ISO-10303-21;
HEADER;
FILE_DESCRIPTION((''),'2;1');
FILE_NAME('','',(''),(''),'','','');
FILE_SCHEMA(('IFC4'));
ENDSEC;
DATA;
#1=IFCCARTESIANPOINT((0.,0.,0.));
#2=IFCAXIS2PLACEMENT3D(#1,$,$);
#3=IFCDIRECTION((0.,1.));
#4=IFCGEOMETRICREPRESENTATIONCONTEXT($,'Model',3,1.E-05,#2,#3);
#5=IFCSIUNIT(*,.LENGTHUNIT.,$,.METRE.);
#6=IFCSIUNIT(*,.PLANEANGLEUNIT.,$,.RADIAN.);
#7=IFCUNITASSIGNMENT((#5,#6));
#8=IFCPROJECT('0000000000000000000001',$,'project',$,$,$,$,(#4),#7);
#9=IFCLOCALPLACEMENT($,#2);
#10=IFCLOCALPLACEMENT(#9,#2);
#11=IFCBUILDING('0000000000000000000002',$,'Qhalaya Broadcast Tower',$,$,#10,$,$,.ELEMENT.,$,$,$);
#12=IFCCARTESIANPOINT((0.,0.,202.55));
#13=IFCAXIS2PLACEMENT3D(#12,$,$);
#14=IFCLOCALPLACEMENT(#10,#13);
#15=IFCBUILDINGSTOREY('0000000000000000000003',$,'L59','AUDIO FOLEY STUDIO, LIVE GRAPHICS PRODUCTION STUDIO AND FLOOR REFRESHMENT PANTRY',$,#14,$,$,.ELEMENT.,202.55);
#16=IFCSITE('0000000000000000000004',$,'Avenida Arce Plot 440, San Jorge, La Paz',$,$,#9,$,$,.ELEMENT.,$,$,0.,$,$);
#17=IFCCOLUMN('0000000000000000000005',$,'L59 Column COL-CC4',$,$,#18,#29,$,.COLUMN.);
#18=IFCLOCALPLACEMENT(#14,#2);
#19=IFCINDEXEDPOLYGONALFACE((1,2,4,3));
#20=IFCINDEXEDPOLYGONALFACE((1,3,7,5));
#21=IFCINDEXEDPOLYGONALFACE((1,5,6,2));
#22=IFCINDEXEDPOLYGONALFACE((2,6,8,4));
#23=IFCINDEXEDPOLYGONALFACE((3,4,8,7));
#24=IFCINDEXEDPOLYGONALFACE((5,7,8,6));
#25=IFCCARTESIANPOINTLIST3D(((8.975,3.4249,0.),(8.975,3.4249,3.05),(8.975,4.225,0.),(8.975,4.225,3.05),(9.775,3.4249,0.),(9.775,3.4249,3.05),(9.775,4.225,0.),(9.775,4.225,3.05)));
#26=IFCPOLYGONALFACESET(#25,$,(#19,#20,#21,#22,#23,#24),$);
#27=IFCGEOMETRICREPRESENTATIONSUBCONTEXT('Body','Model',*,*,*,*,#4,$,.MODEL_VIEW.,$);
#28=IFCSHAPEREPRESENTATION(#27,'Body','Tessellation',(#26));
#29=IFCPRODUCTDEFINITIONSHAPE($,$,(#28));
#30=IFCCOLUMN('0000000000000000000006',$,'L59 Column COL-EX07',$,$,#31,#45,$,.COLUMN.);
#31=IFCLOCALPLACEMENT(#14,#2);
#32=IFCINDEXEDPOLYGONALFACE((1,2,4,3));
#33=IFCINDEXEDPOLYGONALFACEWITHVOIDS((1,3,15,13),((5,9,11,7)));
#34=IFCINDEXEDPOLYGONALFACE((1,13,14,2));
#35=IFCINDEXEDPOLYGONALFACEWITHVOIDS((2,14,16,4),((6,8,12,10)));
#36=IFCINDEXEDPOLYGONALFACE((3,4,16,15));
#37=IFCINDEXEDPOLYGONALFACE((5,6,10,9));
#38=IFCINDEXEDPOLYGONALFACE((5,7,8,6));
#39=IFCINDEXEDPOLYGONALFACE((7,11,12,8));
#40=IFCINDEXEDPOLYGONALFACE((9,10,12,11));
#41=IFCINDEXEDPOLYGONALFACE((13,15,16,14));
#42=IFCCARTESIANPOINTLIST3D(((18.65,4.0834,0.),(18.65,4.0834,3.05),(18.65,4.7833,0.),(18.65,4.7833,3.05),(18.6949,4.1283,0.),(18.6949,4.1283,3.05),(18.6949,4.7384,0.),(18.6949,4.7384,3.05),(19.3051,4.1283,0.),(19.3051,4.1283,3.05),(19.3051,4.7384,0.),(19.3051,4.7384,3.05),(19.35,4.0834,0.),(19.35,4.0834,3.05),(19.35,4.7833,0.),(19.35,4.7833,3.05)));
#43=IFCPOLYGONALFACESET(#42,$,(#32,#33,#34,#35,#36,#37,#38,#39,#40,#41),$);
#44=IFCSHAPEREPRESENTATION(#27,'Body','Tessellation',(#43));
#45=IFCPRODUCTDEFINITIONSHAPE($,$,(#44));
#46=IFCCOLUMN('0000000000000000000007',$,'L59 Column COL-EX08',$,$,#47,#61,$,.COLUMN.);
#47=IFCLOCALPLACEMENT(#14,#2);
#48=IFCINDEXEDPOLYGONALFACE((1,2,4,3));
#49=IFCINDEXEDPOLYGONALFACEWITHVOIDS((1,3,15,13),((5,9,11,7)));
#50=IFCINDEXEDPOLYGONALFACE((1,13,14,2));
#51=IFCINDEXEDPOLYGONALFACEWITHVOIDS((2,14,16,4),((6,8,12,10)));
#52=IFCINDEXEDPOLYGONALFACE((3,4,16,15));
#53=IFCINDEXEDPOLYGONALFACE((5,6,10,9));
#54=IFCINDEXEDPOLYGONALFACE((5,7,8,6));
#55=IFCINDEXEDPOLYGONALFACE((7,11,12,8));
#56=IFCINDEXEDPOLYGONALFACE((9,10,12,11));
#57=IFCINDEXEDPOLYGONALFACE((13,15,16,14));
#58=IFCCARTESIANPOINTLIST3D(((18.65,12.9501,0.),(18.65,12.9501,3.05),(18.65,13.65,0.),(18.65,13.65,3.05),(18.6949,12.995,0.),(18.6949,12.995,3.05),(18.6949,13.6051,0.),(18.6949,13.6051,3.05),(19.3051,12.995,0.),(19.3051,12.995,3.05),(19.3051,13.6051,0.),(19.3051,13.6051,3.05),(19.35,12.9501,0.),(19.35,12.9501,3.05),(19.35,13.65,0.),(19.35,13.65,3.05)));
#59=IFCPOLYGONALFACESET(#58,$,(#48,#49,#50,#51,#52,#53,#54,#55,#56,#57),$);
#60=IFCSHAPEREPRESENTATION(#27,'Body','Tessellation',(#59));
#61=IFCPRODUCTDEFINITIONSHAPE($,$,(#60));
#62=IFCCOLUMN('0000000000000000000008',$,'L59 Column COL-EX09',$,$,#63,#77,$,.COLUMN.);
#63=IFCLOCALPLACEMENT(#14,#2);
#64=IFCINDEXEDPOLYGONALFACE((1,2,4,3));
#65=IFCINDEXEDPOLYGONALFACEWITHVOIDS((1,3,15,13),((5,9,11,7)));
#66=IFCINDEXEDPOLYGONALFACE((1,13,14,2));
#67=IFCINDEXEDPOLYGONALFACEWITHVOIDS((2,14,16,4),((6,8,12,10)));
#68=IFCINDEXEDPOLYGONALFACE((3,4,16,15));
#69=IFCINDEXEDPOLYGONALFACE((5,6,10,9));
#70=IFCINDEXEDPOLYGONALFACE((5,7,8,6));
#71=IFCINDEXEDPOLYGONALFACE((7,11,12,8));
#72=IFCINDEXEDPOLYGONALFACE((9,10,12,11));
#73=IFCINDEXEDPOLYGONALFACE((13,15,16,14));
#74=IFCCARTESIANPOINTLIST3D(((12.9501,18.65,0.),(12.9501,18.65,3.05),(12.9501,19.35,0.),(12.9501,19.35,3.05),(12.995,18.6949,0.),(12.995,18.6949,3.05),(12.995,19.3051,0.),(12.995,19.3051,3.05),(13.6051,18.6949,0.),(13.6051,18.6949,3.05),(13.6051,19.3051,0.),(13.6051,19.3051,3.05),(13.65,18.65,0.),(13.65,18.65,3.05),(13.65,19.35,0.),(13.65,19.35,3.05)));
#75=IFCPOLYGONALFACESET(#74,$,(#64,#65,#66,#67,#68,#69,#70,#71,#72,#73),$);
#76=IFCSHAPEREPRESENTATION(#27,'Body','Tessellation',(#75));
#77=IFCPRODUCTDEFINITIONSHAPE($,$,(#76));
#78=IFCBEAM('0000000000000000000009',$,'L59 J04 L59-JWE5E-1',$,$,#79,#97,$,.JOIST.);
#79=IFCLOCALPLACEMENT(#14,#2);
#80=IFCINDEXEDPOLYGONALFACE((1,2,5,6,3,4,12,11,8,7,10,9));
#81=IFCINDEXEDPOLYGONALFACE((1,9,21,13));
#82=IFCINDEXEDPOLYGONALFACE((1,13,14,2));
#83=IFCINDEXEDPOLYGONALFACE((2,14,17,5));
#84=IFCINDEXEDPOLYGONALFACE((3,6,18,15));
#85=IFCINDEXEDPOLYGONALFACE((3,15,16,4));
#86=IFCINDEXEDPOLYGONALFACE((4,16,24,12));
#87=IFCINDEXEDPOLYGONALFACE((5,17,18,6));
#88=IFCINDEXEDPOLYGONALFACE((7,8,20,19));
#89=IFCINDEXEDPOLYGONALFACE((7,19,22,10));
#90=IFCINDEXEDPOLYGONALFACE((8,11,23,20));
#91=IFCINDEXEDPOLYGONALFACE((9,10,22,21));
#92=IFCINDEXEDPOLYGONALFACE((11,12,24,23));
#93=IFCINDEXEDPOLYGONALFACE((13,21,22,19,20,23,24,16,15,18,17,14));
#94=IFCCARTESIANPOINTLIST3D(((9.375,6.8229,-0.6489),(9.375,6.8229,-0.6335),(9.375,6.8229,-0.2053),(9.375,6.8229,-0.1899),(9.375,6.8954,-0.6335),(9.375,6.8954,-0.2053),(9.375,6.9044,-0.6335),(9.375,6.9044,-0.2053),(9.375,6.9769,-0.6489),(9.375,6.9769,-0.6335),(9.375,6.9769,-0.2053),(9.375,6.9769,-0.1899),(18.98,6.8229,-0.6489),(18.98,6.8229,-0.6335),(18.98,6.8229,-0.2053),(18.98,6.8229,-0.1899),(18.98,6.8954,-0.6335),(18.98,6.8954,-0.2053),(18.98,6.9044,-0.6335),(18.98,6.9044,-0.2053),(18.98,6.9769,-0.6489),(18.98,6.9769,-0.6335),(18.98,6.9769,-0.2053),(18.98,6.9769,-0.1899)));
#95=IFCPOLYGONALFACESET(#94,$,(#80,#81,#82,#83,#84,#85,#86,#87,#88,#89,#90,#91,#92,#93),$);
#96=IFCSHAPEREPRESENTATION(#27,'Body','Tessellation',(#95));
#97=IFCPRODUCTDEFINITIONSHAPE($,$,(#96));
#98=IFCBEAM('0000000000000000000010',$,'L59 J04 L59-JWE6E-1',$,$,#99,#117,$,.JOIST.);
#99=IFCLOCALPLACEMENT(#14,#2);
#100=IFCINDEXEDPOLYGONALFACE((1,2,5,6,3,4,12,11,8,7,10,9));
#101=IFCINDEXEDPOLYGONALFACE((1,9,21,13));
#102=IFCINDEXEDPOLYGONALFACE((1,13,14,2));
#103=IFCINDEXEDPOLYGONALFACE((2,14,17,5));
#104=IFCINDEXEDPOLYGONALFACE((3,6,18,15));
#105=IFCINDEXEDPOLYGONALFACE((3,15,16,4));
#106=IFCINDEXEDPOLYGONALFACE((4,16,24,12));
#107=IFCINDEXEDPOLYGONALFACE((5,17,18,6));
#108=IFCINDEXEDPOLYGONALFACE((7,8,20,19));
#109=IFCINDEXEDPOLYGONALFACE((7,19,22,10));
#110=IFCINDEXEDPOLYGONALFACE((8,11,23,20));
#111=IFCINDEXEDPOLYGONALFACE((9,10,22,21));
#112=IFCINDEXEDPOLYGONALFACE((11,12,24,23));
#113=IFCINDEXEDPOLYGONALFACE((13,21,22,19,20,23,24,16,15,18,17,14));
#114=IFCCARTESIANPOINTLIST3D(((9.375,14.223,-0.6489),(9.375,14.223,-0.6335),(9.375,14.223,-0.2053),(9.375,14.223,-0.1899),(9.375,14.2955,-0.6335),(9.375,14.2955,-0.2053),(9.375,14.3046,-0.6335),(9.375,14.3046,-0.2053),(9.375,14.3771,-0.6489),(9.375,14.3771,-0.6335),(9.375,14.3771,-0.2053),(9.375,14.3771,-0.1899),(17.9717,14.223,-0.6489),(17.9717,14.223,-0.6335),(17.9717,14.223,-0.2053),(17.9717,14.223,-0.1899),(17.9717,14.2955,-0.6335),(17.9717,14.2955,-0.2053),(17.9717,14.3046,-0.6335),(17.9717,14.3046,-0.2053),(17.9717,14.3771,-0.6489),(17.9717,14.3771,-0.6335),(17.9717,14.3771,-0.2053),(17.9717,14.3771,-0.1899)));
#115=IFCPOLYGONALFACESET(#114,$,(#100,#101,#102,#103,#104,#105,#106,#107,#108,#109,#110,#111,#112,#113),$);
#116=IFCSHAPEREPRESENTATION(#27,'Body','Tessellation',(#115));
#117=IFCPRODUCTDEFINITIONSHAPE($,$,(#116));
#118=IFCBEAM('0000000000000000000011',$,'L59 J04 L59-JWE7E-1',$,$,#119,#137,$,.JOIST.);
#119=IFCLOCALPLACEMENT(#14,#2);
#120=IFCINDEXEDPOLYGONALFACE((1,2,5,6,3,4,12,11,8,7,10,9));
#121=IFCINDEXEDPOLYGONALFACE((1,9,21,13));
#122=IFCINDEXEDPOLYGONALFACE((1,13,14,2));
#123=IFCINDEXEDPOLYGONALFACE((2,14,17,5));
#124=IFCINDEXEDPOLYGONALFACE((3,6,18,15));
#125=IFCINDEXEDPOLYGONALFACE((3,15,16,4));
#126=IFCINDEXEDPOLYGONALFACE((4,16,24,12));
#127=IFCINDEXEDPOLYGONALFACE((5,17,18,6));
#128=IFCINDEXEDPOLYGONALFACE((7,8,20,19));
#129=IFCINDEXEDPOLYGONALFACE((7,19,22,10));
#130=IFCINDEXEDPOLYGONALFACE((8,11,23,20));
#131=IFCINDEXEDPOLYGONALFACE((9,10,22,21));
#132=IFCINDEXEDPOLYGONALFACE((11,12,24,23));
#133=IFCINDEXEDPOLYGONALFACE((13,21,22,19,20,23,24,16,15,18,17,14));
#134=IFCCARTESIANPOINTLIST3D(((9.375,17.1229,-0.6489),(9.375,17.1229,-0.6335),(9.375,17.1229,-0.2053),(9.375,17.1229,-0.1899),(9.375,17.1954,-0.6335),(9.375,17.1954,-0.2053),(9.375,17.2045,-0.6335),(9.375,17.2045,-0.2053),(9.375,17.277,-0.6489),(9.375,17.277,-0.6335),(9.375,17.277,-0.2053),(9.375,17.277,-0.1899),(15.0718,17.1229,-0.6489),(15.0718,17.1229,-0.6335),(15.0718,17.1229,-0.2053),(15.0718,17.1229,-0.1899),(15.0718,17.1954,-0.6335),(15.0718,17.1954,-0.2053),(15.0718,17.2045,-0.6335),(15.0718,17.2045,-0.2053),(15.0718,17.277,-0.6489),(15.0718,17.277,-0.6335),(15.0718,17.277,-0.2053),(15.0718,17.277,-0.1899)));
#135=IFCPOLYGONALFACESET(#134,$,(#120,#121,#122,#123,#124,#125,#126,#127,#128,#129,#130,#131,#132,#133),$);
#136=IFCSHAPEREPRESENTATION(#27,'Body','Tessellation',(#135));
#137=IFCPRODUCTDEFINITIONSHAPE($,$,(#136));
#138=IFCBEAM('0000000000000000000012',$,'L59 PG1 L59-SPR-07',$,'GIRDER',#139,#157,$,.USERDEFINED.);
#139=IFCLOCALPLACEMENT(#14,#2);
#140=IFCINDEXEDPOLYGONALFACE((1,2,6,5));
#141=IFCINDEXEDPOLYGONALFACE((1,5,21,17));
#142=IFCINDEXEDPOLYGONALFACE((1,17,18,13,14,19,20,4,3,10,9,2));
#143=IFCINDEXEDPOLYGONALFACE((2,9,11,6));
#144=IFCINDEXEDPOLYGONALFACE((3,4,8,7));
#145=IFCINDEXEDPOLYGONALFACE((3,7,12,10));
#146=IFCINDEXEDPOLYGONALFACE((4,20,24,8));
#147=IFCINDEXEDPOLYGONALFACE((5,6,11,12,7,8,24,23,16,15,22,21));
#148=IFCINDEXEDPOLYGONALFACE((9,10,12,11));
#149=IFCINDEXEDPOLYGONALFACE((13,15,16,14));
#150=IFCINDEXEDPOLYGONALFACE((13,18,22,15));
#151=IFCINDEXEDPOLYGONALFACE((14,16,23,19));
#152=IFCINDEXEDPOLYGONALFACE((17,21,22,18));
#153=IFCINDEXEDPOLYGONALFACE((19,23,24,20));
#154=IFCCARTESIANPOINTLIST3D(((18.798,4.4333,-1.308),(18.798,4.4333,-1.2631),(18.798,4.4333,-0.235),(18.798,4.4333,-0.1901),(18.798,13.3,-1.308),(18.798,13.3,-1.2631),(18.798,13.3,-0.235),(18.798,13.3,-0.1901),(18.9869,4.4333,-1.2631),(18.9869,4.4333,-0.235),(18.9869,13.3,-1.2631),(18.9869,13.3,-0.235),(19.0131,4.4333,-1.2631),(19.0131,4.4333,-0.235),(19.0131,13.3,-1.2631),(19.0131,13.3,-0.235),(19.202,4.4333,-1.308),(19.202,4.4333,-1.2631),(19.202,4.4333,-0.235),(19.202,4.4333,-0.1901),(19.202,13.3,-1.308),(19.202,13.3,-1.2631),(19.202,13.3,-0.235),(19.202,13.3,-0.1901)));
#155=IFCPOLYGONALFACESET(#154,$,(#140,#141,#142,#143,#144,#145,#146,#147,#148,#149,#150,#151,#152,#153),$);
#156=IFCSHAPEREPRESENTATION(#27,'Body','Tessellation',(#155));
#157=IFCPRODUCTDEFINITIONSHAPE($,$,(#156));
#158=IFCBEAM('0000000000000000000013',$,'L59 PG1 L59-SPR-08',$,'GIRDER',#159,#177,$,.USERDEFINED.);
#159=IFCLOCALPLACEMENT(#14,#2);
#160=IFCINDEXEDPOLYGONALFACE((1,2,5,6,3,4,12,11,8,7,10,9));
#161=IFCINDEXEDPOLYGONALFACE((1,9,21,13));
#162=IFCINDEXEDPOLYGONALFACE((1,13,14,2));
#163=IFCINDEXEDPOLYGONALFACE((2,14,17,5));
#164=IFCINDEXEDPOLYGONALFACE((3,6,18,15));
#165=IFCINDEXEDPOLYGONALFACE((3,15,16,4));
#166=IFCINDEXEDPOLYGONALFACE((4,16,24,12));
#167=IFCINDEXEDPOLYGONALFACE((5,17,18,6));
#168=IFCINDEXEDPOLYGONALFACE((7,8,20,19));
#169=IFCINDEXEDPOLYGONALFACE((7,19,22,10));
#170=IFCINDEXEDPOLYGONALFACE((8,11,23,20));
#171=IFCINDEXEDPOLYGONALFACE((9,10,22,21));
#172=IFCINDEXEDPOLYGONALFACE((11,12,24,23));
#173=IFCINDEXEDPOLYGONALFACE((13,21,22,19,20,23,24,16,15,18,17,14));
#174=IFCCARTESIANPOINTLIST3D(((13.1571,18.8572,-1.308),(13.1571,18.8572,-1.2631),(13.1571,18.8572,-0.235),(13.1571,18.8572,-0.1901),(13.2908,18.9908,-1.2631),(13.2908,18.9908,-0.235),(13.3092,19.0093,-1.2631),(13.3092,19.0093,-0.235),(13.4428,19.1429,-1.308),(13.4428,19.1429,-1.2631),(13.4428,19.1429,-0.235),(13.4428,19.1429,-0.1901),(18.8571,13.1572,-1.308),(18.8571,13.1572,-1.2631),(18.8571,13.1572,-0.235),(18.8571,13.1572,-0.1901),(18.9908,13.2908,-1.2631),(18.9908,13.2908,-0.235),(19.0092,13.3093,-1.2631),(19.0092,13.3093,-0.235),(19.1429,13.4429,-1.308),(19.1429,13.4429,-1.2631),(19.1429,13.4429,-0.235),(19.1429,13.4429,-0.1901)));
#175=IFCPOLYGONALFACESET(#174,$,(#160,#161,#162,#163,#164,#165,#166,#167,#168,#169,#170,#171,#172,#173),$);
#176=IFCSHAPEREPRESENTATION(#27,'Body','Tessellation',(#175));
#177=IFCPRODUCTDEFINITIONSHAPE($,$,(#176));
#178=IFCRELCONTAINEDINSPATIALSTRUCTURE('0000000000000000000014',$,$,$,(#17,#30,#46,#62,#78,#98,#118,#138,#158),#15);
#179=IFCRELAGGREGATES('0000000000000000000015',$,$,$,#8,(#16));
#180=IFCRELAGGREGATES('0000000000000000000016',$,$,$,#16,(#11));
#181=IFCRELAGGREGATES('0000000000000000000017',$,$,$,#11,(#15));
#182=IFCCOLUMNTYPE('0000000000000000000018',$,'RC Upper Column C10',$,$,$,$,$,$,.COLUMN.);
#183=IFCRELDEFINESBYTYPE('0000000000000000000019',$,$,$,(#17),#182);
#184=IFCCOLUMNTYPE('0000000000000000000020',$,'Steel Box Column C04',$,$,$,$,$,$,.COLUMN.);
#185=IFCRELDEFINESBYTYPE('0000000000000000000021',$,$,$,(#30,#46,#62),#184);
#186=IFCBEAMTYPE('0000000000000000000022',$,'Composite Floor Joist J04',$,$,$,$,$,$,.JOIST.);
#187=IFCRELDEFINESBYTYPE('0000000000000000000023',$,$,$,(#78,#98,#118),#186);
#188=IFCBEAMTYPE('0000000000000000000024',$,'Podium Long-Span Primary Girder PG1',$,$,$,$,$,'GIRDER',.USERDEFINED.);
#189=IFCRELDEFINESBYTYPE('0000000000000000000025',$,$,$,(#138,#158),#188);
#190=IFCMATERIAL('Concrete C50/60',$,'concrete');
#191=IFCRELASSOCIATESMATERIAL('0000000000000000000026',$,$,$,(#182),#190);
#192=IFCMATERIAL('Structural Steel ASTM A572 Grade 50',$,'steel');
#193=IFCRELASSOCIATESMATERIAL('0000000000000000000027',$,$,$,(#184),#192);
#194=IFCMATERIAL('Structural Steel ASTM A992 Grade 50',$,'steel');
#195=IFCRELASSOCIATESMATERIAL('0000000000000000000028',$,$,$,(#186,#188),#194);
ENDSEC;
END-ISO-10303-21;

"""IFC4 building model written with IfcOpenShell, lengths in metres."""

from ifc_helpers import new_model, si_unit, direction, frame, origin, origin_2d, place, context, subcontext, project, spatial, rectangle, hollow_rectangle, i_section, extrude, material, material_profile, profile_set, type_object, element, save


model = new_model("IFC4")

# Units and contexts
model_context = context("Model", 3, precision=1e-05, world=origin(), true_north=direction((0.0, 1.0)))
body_context = subcontext(model_context, "Body", "Model", "MODEL_VIEW")
ifc_project = project(units=[si_unit("LENGTHUNIT", "METRE"), si_unit("PLANEANGLEUNIT", "RADIAN")], contexts=[model_context])

# Site, building, storey
site_placement = place(None, origin())
site = spatial("IfcSite", under=ifc_project, at=site_placement, Name="Avenida Arce Plot 440, San Jorge, La Paz", CompositionType="ELEMENT", RefElevation=0.0)
building_placement = place(site_placement, origin())
building = spatial("IfcBuilding", under=site, at=building_placement, Name="Qhalaya Broadcast Tower", CompositionType="ELEMENT")
storey_placement = place(building_placement, frame((0.0, 0.0, 202.55)))
storey = spatial("IfcBuildingStorey", under=building, at=storey_placement, Name="L59", Description="AUDIO FOLEY STUDIO, LIVE GRAPHICS PRODUCTION STUDIO AND FLOOR REFRESHMENT PANTRY", CompositionType="ELEMENT", Elevation=202.55)

# Columns
ifc_material_1 = material(Name="Concrete C50/60", Category="concrete")
ifc_material_profile_1 = material_profile(ifc_material_1, rectangle(XDim=0.8, YDim=0.8, at=origin_2d()), Name="RC-COL 800x800")
ifc_profile_set_1 = profile_set([ifc_material_profile_1], Name="Concrete C50/60")
column_type_1 = type_object("IfcColumnType", Name="RC Upper Column C10", PredefinedType="COLUMN", material=ifc_profile_set_1)
column_placement = place(storey_placement, frame((9.375, 3.825, 0.0), z_axis=(0.0, 0.0, 1.0), x_axis=(1.0, 0.0, 0.0)))
element("IfcColumn", 1, at=column_placement, inside=storey, type_object=column_type_1, Name="L59 Column COL-CC4", PredefinedType="COLUMN", context=body_context, shape_type="SweptSolid", body=[
    extrude(rectangle(XDim=0.8, YDim=0.8, at=origin_2d()), origin(), (0.0, 0.0, 1.0), 3.05),
])
ifc_material_2 = material(Name="Structural Steel ASTM A572 Grade 50", Category="steel")
ifc_material_profile_2 = material_profile(ifc_material_2, hollow_rectangle(XDim=0.7, YDim=0.7, WallThickness=0.0449, at=origin_2d()), Name="BOX 700x700x45")
ifc_profile_set_2 = profile_set([ifc_material_profile_2], Name="Structural Steel ASTM A572 Grade 50")
column_type_2 = type_object("IfcColumnType", Name="Steel Box Column C04", PredefinedType="COLUMN", material=ifc_profile_set_2)
for number, where, z_axis, x_axis, name in (
    (2, (19.0, 4.4333, 0.0), (0.0, 0.0, 1.0), (0.0, 1.0, 0.0), "L59 Column COL-EX07"),
    (3, (19.0, 13.3, 0.0), (0.0, 0.0, 1.0), (0.0, 1.0, 0.0), "L59 Column COL-EX08"),
    (4, (13.3, 19.0, 0.0), (0.0, 0.0, 1.0), (1.0, 0.0, 0.0), "L59 Column COL-EX09"),
):
    element("IfcColumn", number, at=place(storey_placement, frame(where, z_axis=z_axis, x_axis=x_axis)), inside=storey, type_object=column_type_2, Name=name, PredefinedType="COLUMN", context=body_context, shape_type="SweptSolid", body=[
        extrude(hollow_rectangle(XDim=0.7, YDim=0.7, WallThickness=0.0449, at=origin_2d()), origin(), (0.0, 0.0, 1.0), 3.05),
    ])

# Beams
ifc_material_3 = material(Name="Structural Steel ASTM A992 Grade 50", Category="steel")
ifc_material_profile_3 = material_profile(ifc_material_3, i_section(OverallWidth=0.1541, OverallDepth=0.459, WebThickness=0.009, FlangeThickness=0.0154, at=origin_2d()), Name="W18X46")
ifc_profile_set_3 = profile_set([ifc_material_profile_3], Name="Structural Steel ASTM A992 Grade 50")
beam_type_1 = type_object("IfcBeamType", Name="Composite Floor Joist J04", PredefinedType="JOIST", material=ifc_profile_set_3)
beam_1_placement = place(storey_placement, frame((9.375, 6.8999, -0.4194), z_axis=(1.0, 0.0, 0.0), x_axis=(0.0, 1.0, 0.0)))
element("IfcBeam", 5, at=beam_1_placement, inside=storey, type_object=beam_type_1, Name="L59 J04 L59-JWE5E-1", PredefinedType="JOIST", context=body_context, shape_type="SweptSolid", body=[
    extrude(i_section(OverallWidth=0.1541, OverallDepth=0.459, WebThickness=0.009, FlangeThickness=0.0154, at=origin_2d()), origin(), (0.0, 0.0, 1.0), 9.605),
])
beam_2_placement = place(storey_placement, frame((9.375, 14.3, -0.4194), z_axis=(1.0, 0.0, 0.0), x_axis=(0.0, 1.0, 0.0)))
element("IfcBeam", 6, at=beam_2_placement, inside=storey, type_object=beam_type_1, Name="L59 J04 L59-JWE6E-1", PredefinedType="JOIST", context=body_context, shape_type="SweptSolid", body=[
    extrude(i_section(OverallWidth=0.1541, OverallDepth=0.459, WebThickness=0.009, FlangeThickness=0.0154, at=origin_2d()), origin(), (0.0, 0.0, 1.0), 8.5967),
])
beam_3_placement = place(storey_placement, frame((9.375, 17.2, -0.4194), z_axis=(1.0, 0.0, 0.0), x_axis=(0.0, 1.0, 0.0)))
element("IfcBeam", 7, at=beam_3_placement, inside=storey, type_object=beam_type_1, Name="L59 J04 L59-JWE7E-1", PredefinedType="JOIST", context=body_context, shape_type="SweptSolid", body=[
    extrude(i_section(OverallWidth=0.1541, OverallDepth=0.459, WebThickness=0.009, FlangeThickness=0.0154, at=origin_2d()), origin(), (0.0, 0.0, 1.0), 5.6968),
])
ifc_material_profile_4 = material_profile(ifc_material_3, i_section(OverallWidth=0.4041, OverallDepth=1.1179, WebThickness=0.0261, FlangeThickness=0.0449, at=origin_2d()), Name="W44X335")
ifc_profile_set_4 = profile_set([ifc_material_profile_4], Name="Structural Steel ASTM A992 Grade 50")
beam_type_2 = type_object("IfcBeamType", Name="Podium Long-Span Primary Girder PG1", ElementType="GIRDER", PredefinedType="USERDEFINED", material=ifc_profile_set_4)
beam_4_placement = place(storey_placement, frame((19.0, 4.4333, -0.749), z_axis=(0.0, 1.0, 0.0), x_axis=(-1.0, 0.0, 0.0)))
element("IfcBeam", 8, at=beam_4_placement, inside=storey, type_object=beam_type_2, Name="L59 PG1 L59-SPR-07", ObjectType="GIRDER", PredefinedType="USERDEFINED", context=body_context, shape_type="SweptSolid", body=[
    extrude(i_section(OverallWidth=0.4041, OverallDepth=1.1179, WebThickness=0.0261, FlangeThickness=0.0449, at=origin_2d()), origin(), (0.0, 0.0, 1.0), 8.8667),
])
beam_5_placement = place(storey_placement, frame((19.0, 13.3, -0.749), z_axis=(-0.707107, 0.707107, 0.0), x_axis=(-0.707107, -0.707107, 0.0)))
element("IfcBeam", 9, at=beam_5_placement, inside=storey, type_object=beam_type_2, Name="L59 PG1 L59-SPR-08", ObjectType="GIRDER", PredefinedType="USERDEFINED", context=body_context, shape_type="SweptSolid", body=[
    extrude(i_section(OverallWidth=0.4041, OverallDepth=1.1179, WebThickness=0.0261, FlangeThickness=0.0449, at=origin_2d()), origin(), (0.0, 0.0, 1.0), 8.061),
])

save(model, "model.ifc")
